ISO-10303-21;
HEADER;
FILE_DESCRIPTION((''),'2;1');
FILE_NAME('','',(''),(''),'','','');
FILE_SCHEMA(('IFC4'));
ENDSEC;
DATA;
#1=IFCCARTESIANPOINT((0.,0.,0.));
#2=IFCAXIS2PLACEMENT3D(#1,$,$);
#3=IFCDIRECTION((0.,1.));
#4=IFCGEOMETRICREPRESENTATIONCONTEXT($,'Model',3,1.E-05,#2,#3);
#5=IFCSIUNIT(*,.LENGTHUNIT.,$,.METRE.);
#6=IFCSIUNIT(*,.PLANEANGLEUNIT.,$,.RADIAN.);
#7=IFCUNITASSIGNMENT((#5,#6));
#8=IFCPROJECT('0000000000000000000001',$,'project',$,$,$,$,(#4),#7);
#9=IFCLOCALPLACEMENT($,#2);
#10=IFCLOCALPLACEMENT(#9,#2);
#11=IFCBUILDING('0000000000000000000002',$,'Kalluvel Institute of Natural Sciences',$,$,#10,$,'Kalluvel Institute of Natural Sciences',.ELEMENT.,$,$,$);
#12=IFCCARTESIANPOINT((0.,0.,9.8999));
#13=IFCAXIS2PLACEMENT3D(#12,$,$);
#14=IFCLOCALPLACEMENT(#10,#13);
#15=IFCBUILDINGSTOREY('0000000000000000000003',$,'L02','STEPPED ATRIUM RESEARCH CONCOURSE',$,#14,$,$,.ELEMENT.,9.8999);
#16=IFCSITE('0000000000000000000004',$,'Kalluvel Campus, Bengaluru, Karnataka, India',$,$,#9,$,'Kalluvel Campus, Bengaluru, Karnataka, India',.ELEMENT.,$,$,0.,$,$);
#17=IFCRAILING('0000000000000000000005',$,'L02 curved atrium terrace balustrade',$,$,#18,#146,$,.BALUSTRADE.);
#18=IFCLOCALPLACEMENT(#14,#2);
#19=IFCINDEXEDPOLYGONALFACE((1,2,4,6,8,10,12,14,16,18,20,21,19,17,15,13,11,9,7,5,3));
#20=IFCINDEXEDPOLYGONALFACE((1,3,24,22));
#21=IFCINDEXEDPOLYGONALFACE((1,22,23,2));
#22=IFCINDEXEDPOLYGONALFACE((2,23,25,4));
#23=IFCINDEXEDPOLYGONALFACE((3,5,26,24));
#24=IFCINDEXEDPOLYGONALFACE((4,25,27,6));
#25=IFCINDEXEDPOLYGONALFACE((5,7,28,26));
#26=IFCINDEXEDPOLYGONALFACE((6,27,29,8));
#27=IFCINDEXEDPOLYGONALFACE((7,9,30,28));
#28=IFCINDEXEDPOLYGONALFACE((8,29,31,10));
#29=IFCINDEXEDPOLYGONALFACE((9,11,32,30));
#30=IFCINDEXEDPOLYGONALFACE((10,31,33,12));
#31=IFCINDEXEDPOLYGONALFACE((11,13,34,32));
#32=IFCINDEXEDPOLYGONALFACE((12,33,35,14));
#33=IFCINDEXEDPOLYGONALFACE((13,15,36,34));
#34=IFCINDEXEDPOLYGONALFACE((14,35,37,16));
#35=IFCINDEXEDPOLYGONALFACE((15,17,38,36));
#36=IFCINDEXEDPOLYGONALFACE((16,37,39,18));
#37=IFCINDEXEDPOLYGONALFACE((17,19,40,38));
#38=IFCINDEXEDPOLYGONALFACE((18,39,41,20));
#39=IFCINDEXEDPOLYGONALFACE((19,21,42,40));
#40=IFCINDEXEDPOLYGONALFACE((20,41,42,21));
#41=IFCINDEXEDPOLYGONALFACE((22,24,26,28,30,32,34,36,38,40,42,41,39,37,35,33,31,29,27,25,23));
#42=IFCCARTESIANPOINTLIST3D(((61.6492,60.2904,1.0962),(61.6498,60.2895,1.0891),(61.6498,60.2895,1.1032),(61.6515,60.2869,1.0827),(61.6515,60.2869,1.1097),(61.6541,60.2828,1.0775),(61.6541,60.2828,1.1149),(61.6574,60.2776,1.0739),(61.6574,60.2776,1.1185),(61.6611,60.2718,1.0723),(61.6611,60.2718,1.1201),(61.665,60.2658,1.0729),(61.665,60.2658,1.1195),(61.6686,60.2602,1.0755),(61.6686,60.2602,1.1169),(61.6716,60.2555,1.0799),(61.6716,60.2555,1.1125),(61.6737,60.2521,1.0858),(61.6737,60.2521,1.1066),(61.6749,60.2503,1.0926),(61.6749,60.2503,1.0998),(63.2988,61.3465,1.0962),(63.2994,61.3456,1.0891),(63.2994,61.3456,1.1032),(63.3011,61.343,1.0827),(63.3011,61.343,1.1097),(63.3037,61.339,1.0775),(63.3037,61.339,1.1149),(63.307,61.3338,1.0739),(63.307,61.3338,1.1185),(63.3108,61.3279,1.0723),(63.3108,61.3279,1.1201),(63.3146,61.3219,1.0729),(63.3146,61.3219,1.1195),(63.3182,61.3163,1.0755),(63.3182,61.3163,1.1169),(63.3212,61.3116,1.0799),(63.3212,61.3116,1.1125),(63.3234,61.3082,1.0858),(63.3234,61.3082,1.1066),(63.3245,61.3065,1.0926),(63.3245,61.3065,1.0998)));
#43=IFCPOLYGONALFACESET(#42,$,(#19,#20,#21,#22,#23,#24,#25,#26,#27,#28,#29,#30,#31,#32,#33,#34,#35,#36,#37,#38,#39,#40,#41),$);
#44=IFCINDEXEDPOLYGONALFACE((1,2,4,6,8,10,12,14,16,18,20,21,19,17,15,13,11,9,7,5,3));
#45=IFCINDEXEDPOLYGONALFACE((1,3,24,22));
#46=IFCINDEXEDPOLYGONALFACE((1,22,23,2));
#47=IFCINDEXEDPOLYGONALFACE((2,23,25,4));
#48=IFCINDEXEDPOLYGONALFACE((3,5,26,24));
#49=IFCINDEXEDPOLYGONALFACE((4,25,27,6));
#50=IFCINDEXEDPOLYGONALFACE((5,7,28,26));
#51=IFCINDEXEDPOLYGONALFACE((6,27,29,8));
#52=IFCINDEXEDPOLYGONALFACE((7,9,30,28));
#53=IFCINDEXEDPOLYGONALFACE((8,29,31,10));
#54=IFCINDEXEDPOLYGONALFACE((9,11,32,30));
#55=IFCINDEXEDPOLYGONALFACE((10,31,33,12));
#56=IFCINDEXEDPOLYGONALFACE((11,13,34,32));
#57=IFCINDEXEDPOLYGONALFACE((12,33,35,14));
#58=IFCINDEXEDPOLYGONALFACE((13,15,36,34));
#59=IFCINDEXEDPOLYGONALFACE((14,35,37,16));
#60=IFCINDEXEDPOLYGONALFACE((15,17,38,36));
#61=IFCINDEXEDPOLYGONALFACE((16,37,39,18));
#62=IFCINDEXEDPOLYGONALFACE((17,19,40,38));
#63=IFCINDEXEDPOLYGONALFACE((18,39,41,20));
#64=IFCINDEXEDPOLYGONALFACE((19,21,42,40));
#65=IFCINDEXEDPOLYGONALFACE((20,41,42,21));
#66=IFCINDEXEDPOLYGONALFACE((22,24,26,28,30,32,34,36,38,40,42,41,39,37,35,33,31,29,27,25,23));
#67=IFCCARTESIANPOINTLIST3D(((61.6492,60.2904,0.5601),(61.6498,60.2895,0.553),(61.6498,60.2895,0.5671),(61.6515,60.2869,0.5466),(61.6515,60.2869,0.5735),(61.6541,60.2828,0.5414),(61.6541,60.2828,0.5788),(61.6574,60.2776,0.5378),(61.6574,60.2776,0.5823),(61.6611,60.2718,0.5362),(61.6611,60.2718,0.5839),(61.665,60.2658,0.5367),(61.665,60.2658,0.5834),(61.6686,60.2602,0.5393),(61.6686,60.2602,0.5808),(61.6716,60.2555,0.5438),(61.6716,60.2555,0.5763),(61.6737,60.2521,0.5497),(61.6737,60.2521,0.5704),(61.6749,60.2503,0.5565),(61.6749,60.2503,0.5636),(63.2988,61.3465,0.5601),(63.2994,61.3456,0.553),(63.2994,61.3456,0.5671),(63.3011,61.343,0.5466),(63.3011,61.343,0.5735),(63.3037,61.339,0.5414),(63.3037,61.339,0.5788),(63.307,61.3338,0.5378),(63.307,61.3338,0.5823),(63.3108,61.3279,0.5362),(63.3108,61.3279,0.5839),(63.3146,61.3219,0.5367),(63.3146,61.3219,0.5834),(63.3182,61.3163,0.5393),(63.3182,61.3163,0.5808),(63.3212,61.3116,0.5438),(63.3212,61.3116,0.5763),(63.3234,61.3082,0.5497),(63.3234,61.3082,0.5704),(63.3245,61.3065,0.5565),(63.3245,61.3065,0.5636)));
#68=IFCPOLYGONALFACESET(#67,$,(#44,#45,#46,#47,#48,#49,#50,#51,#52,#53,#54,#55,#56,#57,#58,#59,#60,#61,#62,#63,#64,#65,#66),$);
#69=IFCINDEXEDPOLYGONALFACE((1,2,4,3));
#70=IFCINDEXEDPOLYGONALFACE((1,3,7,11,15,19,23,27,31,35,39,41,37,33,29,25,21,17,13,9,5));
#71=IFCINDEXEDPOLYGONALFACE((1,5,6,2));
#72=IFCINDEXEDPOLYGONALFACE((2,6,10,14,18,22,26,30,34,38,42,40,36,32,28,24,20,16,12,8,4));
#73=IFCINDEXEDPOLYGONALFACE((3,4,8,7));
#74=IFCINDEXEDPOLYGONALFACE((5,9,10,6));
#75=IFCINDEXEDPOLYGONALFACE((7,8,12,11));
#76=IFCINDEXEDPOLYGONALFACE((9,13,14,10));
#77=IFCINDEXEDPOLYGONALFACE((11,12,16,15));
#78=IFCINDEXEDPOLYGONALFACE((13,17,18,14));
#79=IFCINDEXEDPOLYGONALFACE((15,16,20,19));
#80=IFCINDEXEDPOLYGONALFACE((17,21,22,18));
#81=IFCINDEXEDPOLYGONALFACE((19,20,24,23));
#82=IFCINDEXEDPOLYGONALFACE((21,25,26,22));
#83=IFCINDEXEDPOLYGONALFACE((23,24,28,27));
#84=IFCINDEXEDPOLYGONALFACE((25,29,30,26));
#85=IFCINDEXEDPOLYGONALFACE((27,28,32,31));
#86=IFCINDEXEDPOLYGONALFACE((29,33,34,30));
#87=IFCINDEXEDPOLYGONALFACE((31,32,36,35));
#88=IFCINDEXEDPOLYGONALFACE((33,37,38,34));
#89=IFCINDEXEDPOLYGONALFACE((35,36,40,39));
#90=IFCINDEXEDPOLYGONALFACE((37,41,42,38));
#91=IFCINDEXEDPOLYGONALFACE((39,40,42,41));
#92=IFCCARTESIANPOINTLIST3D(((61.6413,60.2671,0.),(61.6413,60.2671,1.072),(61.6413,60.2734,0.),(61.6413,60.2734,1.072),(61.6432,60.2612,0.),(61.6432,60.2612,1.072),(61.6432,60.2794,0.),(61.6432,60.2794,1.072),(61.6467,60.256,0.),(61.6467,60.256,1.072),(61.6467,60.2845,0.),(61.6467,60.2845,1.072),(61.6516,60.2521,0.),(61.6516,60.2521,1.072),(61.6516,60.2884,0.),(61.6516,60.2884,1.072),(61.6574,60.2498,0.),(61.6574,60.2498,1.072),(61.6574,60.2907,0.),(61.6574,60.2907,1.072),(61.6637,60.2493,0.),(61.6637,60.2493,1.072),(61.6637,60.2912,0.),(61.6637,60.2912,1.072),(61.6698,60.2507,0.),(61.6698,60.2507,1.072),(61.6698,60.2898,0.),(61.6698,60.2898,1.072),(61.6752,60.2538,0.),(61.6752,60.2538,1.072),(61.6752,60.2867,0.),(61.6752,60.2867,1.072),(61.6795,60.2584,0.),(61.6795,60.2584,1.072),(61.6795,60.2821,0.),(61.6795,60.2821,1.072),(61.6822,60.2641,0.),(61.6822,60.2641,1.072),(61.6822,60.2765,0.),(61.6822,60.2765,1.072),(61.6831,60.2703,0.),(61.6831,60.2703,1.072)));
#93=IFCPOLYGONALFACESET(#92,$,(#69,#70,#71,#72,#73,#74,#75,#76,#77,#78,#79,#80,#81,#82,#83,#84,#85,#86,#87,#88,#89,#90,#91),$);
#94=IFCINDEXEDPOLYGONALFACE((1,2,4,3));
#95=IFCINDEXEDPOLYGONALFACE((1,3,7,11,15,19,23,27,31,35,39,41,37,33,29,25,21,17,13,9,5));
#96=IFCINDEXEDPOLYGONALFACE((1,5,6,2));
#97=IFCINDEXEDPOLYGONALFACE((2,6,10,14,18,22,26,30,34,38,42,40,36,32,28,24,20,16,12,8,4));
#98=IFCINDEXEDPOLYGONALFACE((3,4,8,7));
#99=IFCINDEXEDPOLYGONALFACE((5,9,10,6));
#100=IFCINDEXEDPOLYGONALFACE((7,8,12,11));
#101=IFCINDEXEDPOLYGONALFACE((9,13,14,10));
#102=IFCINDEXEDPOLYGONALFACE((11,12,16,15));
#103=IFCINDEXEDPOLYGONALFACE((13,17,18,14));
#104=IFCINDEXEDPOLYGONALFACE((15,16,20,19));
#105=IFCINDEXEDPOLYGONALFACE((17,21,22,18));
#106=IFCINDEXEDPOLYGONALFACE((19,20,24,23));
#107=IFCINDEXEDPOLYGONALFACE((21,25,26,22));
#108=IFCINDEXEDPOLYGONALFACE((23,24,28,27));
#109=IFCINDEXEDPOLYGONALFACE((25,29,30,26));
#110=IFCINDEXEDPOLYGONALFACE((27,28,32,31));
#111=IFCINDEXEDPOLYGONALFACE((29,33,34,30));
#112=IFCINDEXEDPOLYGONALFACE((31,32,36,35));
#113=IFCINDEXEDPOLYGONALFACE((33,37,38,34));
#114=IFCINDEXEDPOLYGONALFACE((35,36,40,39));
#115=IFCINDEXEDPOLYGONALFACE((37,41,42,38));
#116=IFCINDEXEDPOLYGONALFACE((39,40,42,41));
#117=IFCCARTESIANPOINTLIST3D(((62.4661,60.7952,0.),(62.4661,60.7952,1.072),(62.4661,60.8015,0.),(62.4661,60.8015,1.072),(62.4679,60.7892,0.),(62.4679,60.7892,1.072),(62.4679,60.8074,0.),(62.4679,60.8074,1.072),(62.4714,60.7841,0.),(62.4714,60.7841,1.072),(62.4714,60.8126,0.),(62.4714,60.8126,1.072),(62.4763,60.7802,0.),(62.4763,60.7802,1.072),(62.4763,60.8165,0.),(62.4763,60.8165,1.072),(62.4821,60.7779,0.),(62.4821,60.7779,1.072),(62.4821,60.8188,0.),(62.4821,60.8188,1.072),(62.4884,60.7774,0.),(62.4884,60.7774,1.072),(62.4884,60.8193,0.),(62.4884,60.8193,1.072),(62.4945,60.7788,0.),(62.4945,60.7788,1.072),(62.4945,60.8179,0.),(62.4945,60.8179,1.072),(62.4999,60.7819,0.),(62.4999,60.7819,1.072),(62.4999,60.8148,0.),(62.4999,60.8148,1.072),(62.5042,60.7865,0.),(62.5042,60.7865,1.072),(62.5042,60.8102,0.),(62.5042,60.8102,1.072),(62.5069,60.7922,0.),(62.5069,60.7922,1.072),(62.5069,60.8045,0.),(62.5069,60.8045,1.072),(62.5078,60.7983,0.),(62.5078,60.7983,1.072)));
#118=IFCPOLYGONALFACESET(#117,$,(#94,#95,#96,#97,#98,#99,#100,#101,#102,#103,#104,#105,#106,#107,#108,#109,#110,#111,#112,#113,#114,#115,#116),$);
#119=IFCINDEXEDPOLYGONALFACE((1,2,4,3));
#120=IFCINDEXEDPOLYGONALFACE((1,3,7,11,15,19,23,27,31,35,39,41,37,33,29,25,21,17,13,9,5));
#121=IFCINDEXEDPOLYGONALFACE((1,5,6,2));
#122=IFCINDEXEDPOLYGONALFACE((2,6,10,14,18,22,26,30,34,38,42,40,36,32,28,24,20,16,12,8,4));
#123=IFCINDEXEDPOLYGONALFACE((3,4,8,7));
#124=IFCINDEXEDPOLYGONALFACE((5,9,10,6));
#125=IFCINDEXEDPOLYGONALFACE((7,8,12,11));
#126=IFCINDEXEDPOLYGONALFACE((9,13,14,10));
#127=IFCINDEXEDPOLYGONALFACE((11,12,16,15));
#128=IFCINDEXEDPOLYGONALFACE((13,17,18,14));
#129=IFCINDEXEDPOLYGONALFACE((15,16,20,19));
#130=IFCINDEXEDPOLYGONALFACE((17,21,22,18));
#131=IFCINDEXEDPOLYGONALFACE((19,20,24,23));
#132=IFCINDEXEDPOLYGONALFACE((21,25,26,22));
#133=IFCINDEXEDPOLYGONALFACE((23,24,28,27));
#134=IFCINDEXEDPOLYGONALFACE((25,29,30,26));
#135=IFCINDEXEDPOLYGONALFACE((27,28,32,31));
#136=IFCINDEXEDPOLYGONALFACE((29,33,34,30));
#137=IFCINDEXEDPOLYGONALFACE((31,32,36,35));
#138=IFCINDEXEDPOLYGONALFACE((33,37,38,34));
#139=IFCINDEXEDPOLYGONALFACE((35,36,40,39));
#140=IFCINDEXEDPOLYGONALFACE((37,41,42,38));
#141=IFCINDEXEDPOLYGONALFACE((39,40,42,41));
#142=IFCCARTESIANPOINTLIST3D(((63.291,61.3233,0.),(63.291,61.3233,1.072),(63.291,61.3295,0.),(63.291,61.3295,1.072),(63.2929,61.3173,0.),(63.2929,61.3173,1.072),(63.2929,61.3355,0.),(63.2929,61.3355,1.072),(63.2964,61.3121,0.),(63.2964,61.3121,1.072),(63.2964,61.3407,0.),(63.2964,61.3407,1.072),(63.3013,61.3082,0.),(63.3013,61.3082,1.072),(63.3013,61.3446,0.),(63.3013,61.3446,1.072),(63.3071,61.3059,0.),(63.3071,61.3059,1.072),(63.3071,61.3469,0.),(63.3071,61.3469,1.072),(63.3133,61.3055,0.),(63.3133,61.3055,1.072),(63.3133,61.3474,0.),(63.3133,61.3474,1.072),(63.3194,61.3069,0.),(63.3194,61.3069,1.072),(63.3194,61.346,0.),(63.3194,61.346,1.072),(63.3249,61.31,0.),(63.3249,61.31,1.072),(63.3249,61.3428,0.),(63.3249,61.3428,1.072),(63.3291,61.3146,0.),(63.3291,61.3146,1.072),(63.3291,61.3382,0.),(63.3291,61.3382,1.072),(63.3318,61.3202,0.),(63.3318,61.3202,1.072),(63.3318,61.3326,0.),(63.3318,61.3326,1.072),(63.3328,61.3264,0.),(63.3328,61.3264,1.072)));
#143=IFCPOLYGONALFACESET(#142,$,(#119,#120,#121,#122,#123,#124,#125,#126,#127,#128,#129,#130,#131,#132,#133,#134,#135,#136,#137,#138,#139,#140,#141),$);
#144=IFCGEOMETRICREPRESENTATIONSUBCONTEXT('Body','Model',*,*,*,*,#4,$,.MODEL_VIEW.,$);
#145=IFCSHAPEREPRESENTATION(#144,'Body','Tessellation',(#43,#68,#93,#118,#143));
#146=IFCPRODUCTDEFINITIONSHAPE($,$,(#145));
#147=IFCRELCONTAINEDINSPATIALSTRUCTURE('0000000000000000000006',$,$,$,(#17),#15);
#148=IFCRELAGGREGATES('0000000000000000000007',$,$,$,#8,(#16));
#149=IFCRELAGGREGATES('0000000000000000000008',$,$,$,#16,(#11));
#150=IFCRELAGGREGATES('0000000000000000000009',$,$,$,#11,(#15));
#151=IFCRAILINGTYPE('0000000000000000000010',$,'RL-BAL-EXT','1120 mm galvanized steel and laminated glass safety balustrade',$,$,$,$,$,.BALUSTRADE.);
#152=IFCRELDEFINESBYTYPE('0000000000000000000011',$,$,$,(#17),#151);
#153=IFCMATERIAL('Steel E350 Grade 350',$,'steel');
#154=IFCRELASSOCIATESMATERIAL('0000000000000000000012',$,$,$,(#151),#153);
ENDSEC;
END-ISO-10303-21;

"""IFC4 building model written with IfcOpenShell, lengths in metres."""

from ifc_helpers import new_model, si_unit, direction, frame, origin, origin_2d, place, context, subcontext, project, spatial, circle, extrude, material, type_object, element, save


model = new_model("IFC4")

# Units and contexts
model_context = context("Model", 3, precision=1e-05, world=origin(), true_north=direction((0.0, 1.0)))
body_context = subcontext(model_context, "Body", "Model", "MODEL_VIEW")
ifc_project = project(units=[si_unit("LENGTHUNIT", "METRE"), si_unit("PLANEANGLEUNIT", "RADIAN")], contexts=[model_context])

# Site, building, storey
site_placement = place(None, origin())
site = spatial("IfcSite", under=ifc_project, at=site_placement, Name="Kalluvel Campus, Bengaluru, Karnataka, India", LongName="Kalluvel Campus, Bengaluru, Karnataka, India", CompositionType="ELEMENT", RefElevation=0.0)
building_placement = place(site_placement, origin())
building = spatial("IfcBuilding", under=site, at=building_placement, Name="Kalluvel Institute of Natural Sciences", LongName="Kalluvel Institute of Natural Sciences", CompositionType="ELEMENT")
storey_placement = place(building_placement, frame((0.0, 0.0, 9.8999)))
storey = spatial("IfcBuildingStorey", under=building, at=storey_placement, Name="L02", Description="STEPPED ATRIUM RESEARCH CONCOURSE", CompositionType="ELEMENT", Elevation=9.8999)

# Railing
ifc_material_1 = material(Name="Steel E350 Grade 350", Category="steel")
railing_type = type_object("IfcRailingType", Name="RL-BAL-EXT", Description="1120 mm galvanized steel and laminated glass safety balustrade", PredefinedType="BALUSTRADE", material=ifc_material_1)
railing_1_placement = place(storey_placement, frame((61.6621, 60.2703, 0.0)))
element("IfcRailing", 1, at=railing_1_placement, inside=storey, type_object=railing_type, Name="L02 curved atrium terrace balustrade", PredefinedType="BALUSTRADE", context=body_context, shape_type="SweptSolid", body=[
    extrude(circle(Radius=0.0239, at=origin_2d()), frame((0.0, 0.0, 1.0962), z_axis=(0.842185, 0.539188, 0.0), x_axis=(-0.539188, 0.842185, 0.0)), (0.0, 0.0, 1.0), 1.9587),
    extrude(circle(Radius=0.0239, at=origin_2d()), frame((0.0, 0.0, 0.5601), z_axis=(0.842185, 0.539188, 0.0), x_axis=(-0.539188, 0.842185, 0.0)), (0.0, 0.0, 1.0), 1.9587),
    extrude(circle(Radius=0.021, at=origin_2d()), origin(), (0.0, 0.0, 1.0), 1.072),
    extrude(circle(Radius=0.021, at=origin_2d()), frame((0.8247, 0.5281, 0.0)), (0.0, 0.0, 1.0), 1.072),
    extrude(circle(Radius=0.021, at=origin_2d()), frame((1.6497, 1.0562, 0.0)), (0.0, 0.0, 1.0), 1.072),
])

save(model, "model.ifc")
